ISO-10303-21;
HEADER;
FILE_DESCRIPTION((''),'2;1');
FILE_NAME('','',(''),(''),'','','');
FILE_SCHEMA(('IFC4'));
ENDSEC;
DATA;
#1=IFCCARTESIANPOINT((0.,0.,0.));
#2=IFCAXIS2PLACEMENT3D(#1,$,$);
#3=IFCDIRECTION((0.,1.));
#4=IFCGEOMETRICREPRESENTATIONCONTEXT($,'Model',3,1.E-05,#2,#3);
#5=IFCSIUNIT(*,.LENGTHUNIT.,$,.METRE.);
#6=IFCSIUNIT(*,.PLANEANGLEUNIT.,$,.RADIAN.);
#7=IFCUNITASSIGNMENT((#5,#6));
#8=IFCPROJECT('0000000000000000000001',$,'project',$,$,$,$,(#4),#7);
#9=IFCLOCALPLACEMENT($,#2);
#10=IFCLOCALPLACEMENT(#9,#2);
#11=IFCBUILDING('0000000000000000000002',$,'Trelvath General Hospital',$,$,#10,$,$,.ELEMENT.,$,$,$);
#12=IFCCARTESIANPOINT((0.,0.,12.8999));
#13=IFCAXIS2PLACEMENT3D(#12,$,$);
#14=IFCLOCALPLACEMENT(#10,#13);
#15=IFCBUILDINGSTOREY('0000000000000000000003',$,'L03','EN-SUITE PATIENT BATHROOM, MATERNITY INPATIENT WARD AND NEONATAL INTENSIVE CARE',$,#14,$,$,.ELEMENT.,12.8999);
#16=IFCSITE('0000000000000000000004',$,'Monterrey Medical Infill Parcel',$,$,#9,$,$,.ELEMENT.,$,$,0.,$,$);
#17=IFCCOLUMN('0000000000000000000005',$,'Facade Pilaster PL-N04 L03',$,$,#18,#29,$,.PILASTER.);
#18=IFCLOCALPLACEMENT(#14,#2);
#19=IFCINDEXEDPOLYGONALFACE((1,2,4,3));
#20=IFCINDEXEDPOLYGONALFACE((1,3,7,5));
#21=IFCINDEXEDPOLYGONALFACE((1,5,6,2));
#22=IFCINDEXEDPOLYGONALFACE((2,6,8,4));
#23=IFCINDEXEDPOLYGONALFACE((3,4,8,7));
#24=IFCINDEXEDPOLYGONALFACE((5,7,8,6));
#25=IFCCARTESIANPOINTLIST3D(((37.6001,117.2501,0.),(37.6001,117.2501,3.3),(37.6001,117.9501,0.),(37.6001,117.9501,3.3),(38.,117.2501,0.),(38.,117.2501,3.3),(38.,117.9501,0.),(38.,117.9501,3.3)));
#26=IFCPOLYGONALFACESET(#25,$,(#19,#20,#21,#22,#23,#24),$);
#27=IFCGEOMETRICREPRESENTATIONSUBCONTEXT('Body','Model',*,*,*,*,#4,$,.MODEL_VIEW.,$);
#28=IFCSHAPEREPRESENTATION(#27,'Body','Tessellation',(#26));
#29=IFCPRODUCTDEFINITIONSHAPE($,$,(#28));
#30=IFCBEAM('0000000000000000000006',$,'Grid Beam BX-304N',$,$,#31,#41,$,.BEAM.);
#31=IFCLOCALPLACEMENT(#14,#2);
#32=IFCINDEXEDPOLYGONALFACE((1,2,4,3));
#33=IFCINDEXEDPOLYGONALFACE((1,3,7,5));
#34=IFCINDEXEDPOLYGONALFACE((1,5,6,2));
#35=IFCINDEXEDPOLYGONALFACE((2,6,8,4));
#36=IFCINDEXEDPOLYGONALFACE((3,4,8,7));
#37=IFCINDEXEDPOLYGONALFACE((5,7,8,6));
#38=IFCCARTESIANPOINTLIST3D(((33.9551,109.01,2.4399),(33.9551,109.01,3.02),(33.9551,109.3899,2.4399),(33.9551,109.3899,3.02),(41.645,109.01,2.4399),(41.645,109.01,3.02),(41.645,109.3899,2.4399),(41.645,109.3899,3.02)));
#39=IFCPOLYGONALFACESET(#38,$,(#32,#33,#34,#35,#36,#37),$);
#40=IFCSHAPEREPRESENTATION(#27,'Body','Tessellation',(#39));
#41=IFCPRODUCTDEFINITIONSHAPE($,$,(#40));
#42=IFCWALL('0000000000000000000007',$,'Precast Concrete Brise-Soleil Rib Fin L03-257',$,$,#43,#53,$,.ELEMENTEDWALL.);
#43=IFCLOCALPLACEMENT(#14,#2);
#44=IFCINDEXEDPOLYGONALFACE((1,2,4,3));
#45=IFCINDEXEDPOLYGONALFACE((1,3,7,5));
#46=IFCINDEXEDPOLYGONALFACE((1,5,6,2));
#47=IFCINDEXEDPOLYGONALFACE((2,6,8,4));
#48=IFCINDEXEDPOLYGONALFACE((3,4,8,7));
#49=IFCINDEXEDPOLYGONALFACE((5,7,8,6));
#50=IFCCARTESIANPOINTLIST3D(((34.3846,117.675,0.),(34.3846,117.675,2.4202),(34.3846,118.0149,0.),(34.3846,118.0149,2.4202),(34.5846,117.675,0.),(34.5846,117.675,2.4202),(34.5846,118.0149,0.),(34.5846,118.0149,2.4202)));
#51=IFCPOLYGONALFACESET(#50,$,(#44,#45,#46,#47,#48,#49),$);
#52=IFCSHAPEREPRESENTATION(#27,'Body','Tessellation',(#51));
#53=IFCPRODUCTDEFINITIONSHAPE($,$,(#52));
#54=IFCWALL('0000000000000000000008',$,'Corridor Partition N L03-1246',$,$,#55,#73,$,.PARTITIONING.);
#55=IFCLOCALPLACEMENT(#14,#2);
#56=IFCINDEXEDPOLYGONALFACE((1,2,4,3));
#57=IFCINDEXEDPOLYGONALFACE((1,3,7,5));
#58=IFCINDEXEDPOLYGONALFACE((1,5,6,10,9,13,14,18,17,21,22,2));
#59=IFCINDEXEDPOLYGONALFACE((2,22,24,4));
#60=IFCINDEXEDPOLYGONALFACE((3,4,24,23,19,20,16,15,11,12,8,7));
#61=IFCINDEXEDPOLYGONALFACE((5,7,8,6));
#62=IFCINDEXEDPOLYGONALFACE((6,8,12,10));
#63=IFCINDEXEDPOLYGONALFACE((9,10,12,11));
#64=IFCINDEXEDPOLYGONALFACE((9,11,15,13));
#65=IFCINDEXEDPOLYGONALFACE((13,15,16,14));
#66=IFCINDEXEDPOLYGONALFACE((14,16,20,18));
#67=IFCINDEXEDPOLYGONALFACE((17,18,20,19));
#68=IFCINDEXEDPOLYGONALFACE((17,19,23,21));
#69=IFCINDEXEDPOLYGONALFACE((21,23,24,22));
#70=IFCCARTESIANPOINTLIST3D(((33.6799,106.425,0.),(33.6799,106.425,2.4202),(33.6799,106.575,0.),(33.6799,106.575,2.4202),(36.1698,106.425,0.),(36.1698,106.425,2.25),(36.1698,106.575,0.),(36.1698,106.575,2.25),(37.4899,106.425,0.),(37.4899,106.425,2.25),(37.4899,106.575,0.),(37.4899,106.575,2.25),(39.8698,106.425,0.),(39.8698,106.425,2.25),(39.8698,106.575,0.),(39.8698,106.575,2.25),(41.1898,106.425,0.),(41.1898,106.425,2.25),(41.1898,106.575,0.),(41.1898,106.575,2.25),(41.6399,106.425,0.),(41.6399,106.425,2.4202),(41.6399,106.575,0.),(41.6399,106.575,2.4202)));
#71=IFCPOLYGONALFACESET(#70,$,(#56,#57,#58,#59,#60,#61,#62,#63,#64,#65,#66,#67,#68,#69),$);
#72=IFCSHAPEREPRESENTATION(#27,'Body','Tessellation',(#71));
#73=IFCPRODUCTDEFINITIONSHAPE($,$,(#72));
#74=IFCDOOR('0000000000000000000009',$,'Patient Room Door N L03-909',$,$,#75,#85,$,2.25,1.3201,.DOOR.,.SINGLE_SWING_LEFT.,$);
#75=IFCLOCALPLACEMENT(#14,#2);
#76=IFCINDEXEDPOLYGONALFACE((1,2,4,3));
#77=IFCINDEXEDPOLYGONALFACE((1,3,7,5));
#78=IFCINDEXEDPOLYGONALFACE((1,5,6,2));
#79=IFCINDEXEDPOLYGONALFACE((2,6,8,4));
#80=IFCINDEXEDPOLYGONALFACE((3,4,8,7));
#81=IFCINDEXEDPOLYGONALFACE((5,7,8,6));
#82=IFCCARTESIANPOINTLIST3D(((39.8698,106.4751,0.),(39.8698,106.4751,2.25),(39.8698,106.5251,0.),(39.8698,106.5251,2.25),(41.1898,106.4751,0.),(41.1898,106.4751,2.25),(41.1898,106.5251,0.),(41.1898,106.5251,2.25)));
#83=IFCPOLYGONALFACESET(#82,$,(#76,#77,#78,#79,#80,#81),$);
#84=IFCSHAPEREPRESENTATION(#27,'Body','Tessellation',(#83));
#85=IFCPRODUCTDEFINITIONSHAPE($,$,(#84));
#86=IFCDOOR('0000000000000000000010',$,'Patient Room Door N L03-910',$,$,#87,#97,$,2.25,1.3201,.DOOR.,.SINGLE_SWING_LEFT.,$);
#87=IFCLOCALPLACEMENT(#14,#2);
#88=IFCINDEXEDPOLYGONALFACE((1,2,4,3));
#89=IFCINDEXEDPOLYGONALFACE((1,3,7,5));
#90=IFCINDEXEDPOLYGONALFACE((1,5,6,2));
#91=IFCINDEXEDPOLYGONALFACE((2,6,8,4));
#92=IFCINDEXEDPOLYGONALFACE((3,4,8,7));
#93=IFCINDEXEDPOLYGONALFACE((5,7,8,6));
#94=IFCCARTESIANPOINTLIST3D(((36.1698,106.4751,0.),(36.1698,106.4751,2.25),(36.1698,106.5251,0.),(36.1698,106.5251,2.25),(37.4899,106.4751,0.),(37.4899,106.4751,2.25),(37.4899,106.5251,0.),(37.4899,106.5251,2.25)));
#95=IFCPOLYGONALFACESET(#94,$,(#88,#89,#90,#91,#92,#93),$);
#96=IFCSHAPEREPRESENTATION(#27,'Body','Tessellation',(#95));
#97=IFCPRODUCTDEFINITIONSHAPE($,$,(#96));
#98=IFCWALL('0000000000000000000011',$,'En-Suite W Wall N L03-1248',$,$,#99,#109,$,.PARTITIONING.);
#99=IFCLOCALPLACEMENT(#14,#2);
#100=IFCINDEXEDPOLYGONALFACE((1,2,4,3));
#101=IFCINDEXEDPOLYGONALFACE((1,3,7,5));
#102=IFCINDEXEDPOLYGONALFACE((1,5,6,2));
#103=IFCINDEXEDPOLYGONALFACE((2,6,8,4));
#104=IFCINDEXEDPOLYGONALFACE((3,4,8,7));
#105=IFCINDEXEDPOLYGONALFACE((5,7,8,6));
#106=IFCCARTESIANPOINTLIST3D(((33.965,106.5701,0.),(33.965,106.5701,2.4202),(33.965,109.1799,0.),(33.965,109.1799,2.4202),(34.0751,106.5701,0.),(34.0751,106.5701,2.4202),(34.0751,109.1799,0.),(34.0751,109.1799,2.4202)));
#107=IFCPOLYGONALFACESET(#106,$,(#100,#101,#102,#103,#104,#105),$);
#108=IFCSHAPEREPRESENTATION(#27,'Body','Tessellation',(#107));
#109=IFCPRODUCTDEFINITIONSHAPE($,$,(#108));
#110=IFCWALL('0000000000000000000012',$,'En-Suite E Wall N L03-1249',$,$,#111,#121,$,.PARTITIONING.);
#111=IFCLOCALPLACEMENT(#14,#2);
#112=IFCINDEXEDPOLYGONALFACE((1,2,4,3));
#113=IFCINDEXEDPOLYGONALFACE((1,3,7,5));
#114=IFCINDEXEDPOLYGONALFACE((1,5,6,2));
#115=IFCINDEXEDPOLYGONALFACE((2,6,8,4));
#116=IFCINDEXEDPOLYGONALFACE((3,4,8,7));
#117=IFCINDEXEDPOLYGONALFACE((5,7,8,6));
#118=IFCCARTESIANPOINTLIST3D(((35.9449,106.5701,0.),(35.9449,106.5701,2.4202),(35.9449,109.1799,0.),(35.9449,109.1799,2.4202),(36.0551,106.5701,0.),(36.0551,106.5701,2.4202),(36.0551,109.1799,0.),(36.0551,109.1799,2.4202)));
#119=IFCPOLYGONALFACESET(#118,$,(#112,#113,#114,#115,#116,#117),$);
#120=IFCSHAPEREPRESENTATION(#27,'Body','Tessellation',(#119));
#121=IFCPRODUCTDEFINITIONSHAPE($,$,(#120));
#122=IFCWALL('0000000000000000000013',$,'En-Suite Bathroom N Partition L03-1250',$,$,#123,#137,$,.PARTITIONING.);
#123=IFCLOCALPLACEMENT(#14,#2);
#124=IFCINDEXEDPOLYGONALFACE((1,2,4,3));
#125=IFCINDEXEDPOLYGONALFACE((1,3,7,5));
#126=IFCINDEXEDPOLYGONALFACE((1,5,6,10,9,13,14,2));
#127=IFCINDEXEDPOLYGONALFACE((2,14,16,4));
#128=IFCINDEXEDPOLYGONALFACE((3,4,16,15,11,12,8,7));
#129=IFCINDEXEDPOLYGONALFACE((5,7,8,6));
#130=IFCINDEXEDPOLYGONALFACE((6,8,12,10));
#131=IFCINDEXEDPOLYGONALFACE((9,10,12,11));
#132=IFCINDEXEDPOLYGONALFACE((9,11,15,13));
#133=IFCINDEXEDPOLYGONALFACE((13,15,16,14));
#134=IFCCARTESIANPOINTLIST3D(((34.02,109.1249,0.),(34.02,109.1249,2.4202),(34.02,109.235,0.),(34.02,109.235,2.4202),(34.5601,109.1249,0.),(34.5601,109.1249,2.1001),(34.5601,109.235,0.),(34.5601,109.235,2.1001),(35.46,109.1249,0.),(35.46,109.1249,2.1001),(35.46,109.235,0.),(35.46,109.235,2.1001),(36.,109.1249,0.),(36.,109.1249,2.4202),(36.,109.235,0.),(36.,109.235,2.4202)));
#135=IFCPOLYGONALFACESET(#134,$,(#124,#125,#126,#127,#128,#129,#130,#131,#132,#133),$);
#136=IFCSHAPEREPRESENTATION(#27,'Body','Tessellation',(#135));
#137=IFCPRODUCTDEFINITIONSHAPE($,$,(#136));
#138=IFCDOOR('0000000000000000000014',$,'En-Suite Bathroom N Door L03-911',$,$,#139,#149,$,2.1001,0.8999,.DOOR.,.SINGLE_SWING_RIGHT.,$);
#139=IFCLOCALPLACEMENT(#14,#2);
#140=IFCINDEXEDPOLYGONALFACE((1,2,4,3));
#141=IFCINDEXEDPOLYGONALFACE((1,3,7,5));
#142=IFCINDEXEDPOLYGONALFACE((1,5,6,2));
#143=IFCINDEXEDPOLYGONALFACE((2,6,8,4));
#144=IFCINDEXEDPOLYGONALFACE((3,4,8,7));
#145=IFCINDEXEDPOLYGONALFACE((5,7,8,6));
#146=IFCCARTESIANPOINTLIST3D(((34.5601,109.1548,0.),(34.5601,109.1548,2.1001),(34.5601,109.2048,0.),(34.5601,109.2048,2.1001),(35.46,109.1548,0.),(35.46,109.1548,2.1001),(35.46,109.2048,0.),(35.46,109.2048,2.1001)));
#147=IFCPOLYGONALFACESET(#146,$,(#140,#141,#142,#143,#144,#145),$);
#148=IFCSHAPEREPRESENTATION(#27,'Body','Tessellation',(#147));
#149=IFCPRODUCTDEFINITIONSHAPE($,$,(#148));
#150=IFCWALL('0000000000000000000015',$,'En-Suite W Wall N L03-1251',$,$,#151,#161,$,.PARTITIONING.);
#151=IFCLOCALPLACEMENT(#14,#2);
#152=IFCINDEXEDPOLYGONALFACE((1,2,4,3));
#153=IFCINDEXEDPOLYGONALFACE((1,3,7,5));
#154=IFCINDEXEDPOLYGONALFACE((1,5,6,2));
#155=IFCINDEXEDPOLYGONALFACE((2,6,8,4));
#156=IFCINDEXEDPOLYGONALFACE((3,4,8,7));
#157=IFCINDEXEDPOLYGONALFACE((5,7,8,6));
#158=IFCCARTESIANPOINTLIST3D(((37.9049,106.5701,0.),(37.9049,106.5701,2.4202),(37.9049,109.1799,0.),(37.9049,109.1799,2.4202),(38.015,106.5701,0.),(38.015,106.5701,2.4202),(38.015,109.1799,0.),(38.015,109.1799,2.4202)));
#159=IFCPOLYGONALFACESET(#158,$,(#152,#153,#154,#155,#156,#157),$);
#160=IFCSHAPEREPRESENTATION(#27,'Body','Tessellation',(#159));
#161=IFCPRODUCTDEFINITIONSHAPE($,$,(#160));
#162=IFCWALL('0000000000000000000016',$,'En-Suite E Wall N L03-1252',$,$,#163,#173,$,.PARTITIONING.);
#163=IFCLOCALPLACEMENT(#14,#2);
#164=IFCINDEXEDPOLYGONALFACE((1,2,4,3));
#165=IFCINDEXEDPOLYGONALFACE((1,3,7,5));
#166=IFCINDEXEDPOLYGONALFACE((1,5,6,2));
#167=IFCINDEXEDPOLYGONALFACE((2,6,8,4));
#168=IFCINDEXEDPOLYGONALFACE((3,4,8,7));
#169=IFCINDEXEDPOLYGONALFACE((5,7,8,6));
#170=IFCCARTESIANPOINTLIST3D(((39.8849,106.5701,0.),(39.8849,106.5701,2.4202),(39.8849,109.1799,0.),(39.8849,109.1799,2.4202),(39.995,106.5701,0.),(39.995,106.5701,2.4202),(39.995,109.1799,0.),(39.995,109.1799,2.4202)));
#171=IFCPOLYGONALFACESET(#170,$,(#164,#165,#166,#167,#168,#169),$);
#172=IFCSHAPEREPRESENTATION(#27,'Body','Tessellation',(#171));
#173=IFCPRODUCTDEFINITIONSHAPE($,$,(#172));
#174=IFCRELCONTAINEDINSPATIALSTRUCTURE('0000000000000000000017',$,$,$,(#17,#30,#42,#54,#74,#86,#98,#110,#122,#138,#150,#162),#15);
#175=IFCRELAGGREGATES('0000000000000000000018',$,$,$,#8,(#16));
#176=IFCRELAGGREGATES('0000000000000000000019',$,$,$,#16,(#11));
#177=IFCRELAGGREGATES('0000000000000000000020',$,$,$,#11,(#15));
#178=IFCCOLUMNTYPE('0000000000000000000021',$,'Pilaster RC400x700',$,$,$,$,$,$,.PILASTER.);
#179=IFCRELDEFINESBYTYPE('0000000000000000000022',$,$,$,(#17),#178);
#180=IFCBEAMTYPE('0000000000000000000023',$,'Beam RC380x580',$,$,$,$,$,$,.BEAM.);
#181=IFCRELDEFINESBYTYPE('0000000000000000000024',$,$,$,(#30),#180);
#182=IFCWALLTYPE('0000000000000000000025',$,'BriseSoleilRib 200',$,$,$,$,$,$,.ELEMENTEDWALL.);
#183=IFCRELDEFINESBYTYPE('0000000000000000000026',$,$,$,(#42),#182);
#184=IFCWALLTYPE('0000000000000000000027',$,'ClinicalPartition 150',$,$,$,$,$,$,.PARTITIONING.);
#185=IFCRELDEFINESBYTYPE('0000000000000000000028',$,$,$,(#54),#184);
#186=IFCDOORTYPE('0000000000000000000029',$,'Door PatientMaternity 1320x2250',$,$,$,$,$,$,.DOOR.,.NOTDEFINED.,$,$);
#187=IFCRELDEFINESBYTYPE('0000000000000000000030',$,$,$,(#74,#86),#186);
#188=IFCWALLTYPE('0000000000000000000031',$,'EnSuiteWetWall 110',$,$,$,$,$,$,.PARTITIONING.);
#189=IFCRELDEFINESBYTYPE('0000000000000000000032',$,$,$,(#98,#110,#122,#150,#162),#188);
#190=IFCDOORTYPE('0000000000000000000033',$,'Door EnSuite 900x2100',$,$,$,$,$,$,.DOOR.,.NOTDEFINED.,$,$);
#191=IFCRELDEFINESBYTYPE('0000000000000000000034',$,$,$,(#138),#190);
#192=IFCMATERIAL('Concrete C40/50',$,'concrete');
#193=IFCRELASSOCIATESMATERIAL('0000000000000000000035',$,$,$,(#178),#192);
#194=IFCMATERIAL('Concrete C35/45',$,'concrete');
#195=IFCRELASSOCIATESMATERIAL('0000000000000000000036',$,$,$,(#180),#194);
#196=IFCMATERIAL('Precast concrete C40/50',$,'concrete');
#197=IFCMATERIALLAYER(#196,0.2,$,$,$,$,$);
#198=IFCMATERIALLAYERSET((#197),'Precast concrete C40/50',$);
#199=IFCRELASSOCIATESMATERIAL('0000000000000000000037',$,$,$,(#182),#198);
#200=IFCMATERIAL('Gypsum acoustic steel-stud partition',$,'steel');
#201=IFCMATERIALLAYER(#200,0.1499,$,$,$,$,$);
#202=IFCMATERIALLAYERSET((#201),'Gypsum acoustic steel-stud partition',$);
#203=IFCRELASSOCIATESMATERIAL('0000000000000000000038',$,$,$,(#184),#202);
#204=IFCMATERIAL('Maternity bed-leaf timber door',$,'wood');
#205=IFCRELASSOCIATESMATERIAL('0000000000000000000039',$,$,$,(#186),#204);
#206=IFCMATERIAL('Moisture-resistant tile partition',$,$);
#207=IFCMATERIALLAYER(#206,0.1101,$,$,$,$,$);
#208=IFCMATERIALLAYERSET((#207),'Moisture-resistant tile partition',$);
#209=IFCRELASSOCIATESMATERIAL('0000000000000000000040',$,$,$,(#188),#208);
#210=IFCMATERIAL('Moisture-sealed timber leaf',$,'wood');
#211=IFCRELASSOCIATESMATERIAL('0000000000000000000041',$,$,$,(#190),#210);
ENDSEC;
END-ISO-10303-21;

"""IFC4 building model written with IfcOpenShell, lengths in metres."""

from ifc_helpers import new_model, si_unit, direction, frame, frame_2d, origin, origin_2d, place, context, subcontext, project, spatial, rectangle, extrude, material, layer, layer_set, material_profile, profile_set, type_object, element, fill, save


model = new_model("IFC4")

# Units and contexts
model_context = context("Model", 3, precision=1e-05, world=origin(), true_north=direction((0.0, 1.0)))
body_context = subcontext(model_context, "Body", "Model", "MODEL_VIEW")
ifc_project = project(units=[si_unit("LENGTHUNIT", "METRE"), si_unit("PLANEANGLEUNIT", "RADIAN")], contexts=[model_context])

# Site, building, storey
site_placement = place(None, origin())
site = spatial("IfcSite", under=ifc_project, at=site_placement, Name="Monterrey Medical Infill Parcel", CompositionType="ELEMENT", RefElevation=0.0)
building_placement = place(site_placement, origin())
building = spatial("IfcBuilding", under=site, at=building_placement, Name="Trelvath General Hospital", CompositionType="ELEMENT")
storey_placement = place(building_placement, frame((0.0, 0.0, 12.8999)))
storey = spatial("IfcBuildingStorey", under=building, at=storey_placement, Name="L03", Description="EN-SUITE PATIENT BATHROOM, MATERNITY INPATIENT WARD AND NEONATAL INTENSIVE CARE", CompositionType="ELEMENT", Elevation=12.8999)

# Column
ifc_material_1 = material(Name="Concrete C40/50", Category="concrete")
ifc_material_profile_1 = material_profile(ifc_material_1, rectangle(XDim=0.3999, YDim=0.7, at=origin_2d()), Name="RC400x700")
ifc_profile_set_1 = profile_set([ifc_material_profile_1], Name="Concrete C40/50")
column_type = type_object("IfcColumnType", Name="Pilaster RC400x700", PredefinedType="PILASTER", material=ifc_profile_set_1)
column_placement = place(storey_placement, frame((37.8, 117.6001, 0.0), z_axis=(0.0, 0.0, 1.0), x_axis=(1.0, 0.0, 0.0)))
element("IfcColumn", 1, at=column_placement, inside=storey, type_object=column_type, Name="Facade Pilaster PL-N04 L03", PredefinedType="PILASTER", context=body_context, shape_type="SweptSolid", body=[
    extrude(rectangle(XDim=0.3999, YDim=0.7, at=origin_2d()), origin(), (0.0, 0.0, 1.0), 3.3),
])

# Beam
ifc_material_2 = material(Name="Concrete C35/45", Category="concrete")
ifc_material_profile_2 = material_profile(ifc_material_2, rectangle(XDim=0.3799, YDim=0.5801, at=origin_2d()), Name="RCB380x580")
ifc_profile_set_2 = profile_set([ifc_material_profile_2], Name="Concrete C35/45")
beam_type = type_object("IfcBeamType", Name="Beam RC380x580", PredefinedType="BEAM", material=ifc_profile_set_2)
beam_placement = place(storey_placement, frame((33.9551, 109.2, 2.73), z_axis=(1.0, 0.0, 0.0), x_axis=(0.0, 1.0, 0.0)))
element("IfcBeam", 2, at=beam_placement, inside=storey, type_object=beam_type, Name="Grid Beam BX-304N", PredefinedType="BEAM", context=body_context, shape_type="SweptSolid", body=[
    extrude(rectangle(XDim=0.3799, YDim=0.5801, at=origin_2d()), origin(), (0.0, 0.0, 1.0), 7.6899),
])

# Wall
ifc_material_3 = material(Name="Precast concrete C40/50", Category="concrete")
ifc_layer_1 = layer(ifc_material_3, 0.2)
ifc_layer_set_1 = layer_set([ifc_layer_1], Name="Precast concrete C40/50")
wall_type_1 = type_object("IfcWallType", Name="BriseSoleilRib 200", PredefinedType="ELEMENTEDWALL", material=ifc_layer_set_1)
wall_1_placement = place(storey_placement, frame((34.4846, 117.675, 0.0), z_axis=(0.0, 0.0, 1.0), x_axis=(0.0, 1.0, 0.0)))
element("IfcWall", 3, at=wall_1_placement, inside=storey, type_object=wall_type_1, Name="Precast Concrete Brise-Soleil Rib Fin L03-257", PredefinedType="ELEMENTEDWALL", context=body_context, shape_type="SweptSolid", body=[
    extrude(rectangle(XDim=0.3398, YDim=0.2, at=frame_2d((0.1699, 0.0))), origin(), (0.0, 0.0, 1.0), 2.4202),
])

# Wall, openings, doors
ifc_material_4 = material(Name="Gypsum acoustic steel-stud partition", Category="steel")
ifc_layer_2 = layer(ifc_material_4, 0.1499)
ifc_layer_set_2 = layer_set([ifc_layer_2], Name="Gypsum acoustic steel-stud partition")
wall_type_2 = type_object("IfcWallType", Name="ClinicalPartition 150", PredefinedType="PARTITIONING", material=ifc_layer_set_2)
wall_2_placement = place(storey_placement, frame((41.6399, 106.5, 0.0), z_axis=(0.0, 0.0, 1.0), x_axis=(-1.0, 0.0, 0.0)))
wall_2 = element("IfcWall", 4, at=wall_2_placement, inside=storey, type_object=wall_type_2, Name="Corridor Partition N L03-1246", PredefinedType="PARTITIONING", context=body_context, shape_type="SweptSolid", body=[
    extrude(rectangle(XDim=7.96, YDim=0.1499, at=frame_2d((3.98, 0.0))), origin(), (0.0, 0.0, 1.0), 2.4202),
])
opening_1_placement = place(wall_2_placement, frame((0.45, 0.0, 0.0)))
opening_1 = element("IfcOpeningElement", 5, at=opening_1_placement, cuts=wall_2, PredefinedType="OPENING", context=body_context, shape_type="SweptSolid", body=[
    extrude(rectangle(XDim=1.3201, YDim=2.25, at=frame_2d((0.6602, 1.125))), frame((0.0, 0.085, 0.0), z_axis=(0.0, -1.0, 0.0), x_axis=(1.0, 0.0, 0.0)), (0.0, 0.0, 1.0), 0.1699),
])
opening_2_placement = place(wall_2_placement, frame((4.1499, 0.0, 0.0)))
opening_2 = element("IfcOpeningElement", 6, at=opening_2_placement, cuts=wall_2, PredefinedType="OPENING", context=body_context, shape_type="SweptSolid", body=[
    extrude(rectangle(XDim=1.3201, YDim=2.25, at=frame_2d((0.6602, 1.125))), frame((0.0, 0.085, 0.0), z_axis=(0.0, -1.0, 0.0), x_axis=(1.0, 0.0, 0.0)), (0.0, 0.0, 1.0), 0.1699),
])
ifc_material_5 = material(Name="Maternity bed-leaf timber door", Category="wood")
door_type_1 = type_object("IfcDoorType", Name="Door PatientMaternity 1320x2250", OperationType="NOTDEFINED", PredefinedType="DOOR", material=ifc_material_5)
door_1_placement = place(opening_1_placement, origin())
door_1 = element("IfcDoor", 7, at=door_1_placement, inside=storey, type_object=door_type_1, Name="Patient Room Door N L03-909", OperationType="SINGLE_SWING_LEFT", OverallHeight=2.25, OverallWidth=1.3201, PredefinedType="DOOR", context=body_context, shape_type="SweptSolid", body=[
    extrude(rectangle(XDim=1.3201, YDim=2.25, at=frame_2d((0.6602, 1.125))), frame((0.0, 0.0249, 0.0), z_axis=(0.0, -1.0, 0.0), x_axis=(1.0, 0.0, 0.0)), (0.0, 0.0, 1.0), 0.05),
])
fill(opening_1, door_1)
door_2_placement = place(opening_2_placement, origin())
door_2 = element("IfcDoor", 8, at=door_2_placement, inside=storey, type_object=door_type_1, Name="Patient Room Door N L03-910", OperationType="SINGLE_SWING_LEFT", OverallHeight=2.25, OverallWidth=1.3201, PredefinedType="DOOR", context=body_context, shape_type="SweptSolid", body=[
    extrude(rectangle(XDim=1.3201, YDim=2.25, at=frame_2d((0.6602, 1.125))), frame((0.0, 0.0249, 0.0), z_axis=(0.0, -1.0, 0.0), x_axis=(1.0, 0.0, 0.0)), (0.0, 0.0, 1.0), 0.05),
])
fill(opening_2, door_2)

# Walls
ifc_material_6 = material(Name="Moisture-resistant tile partition")
ifc_layer_3 = layer(ifc_material_6, 0.1101)
ifc_layer_set_3 = layer_set([ifc_layer_3], Name="Moisture-resistant tile partition")
wall_type_3 = type_object("IfcWallType", Name="EnSuiteWetWall 110", PredefinedType="PARTITIONING", material=ifc_layer_set_3)
for number, where, z_axis, x_axis, name in (
    (9, (34.02, 106.5701, 0.0), (0.0, 0.0, 1.0), (0.0, 1.0, 0.0), "En-Suite W Wall N L03-1248"),
    (10, (36.0, 106.5701, 0.0), (0.0, 0.0, 1.0), (0.0, 1.0, 0.0), "En-Suite E Wall N L03-1249"),
):
    element("IfcWall", number, at=place(storey_placement, frame(where, z_axis=z_axis, x_axis=x_axis)), inside=storey, type_object=wall_type_3, Name=name, PredefinedType="PARTITIONING", context=body_context, shape_type="SweptSolid", body=[
        extrude(rectangle(XDim=2.6099, YDim=0.1101, at=frame_2d((1.3049, 0.0))), origin(), (0.0, 0.0, 1.0), 2.4202),
    ])

# Wall, opening, door
wall_3_placement = place(storey_placement, frame((34.02, 109.1799, 0.0), z_axis=(0.0, 0.0, 1.0), x_axis=(1.0, 0.0, 0.0)))
wall_3 = element("IfcWall", 11, at=wall_3_placement, inside=storey, type_object=wall_type_3, Name="En-Suite Bathroom N Partition L03-1250", PredefinedType="PARTITIONING", context=body_context, shape_type="SweptSolid", body=[
    extrude(rectangle(XDim=1.98, YDim=0.1101, at=frame_2d((0.99, 0.0))), origin(), (0.0, 0.0, 1.0), 2.4202),
])
opening_3_placement = place(wall_3_placement, frame((0.54, 0.0, 0.0)))
opening_3 = element("IfcOpeningElement", 12, at=opening_3_placement, cuts=wall_3, PredefinedType="OPENING", context=body_context, shape_type="SweptSolid", body=[
    extrude(rectangle(XDim=0.8999, YDim=2.1001, at=frame_2d((0.45, 1.05))), frame((0.0, 0.0649, 0.0), z_axis=(0.0, -1.0, 0.0), x_axis=(1.0, 0.0, 0.0)), (0.0, 0.0, 1.0), 0.1301),
])
ifc_material_7 = material(Name="Moisture-sealed timber leaf", Category="wood")
door_type_2 = type_object("IfcDoorType", Name="Door EnSuite 900x2100", OperationType="NOTDEFINED", PredefinedType="DOOR", material=ifc_material_7)
door_3_placement = place(opening_3_placement, origin())
door_3 = element("IfcDoor", 13, at=door_3_placement, inside=storey, type_object=door_type_2, Name="En-Suite Bathroom N Door L03-911", OperationType="SINGLE_SWING_RIGHT", OverallHeight=2.1001, OverallWidth=0.8999, PredefinedType="DOOR", context=body_context, shape_type="SweptSolid", body=[
    extrude(rectangle(XDim=0.8999, YDim=2.1001, at=frame_2d((0.45, 1.05))), frame((0.0, 0.0249, 0.0), z_axis=(0.0, -1.0, 0.0), x_axis=(1.0, 0.0, 0.0)), (0.0, 0.0, 1.0), 0.05),
])
fill(opening_3, door_3)

# Walls
for number, where, z_axis, x_axis, name in (
    (14, (37.96, 106.5701, 0.0), (0.0, 0.0, 1.0), (0.0, 1.0, 0.0), "En-Suite W Wall N L03-1251"),
    (15, (39.9399, 106.5701, 0.0), (0.0, 0.0, 1.0), (0.0, 1.0, 0.0), "En-Suite E Wall N L03-1252"),
):
    element("IfcWall", number, at=place(storey_placement, frame(where, z_axis=z_axis, x_axis=x_axis)), inside=storey, type_object=wall_type_3, Name=name, PredefinedType="PARTITIONING", context=body_context, shape_type="SweptSolid", body=[
        extrude(rectangle(XDim=2.6099, YDim=0.1101, at=frame_2d((1.3049, 0.0))), origin(), (0.0, 0.0, 1.0), 2.4202),
    ])

save(model, "model.ifc")
